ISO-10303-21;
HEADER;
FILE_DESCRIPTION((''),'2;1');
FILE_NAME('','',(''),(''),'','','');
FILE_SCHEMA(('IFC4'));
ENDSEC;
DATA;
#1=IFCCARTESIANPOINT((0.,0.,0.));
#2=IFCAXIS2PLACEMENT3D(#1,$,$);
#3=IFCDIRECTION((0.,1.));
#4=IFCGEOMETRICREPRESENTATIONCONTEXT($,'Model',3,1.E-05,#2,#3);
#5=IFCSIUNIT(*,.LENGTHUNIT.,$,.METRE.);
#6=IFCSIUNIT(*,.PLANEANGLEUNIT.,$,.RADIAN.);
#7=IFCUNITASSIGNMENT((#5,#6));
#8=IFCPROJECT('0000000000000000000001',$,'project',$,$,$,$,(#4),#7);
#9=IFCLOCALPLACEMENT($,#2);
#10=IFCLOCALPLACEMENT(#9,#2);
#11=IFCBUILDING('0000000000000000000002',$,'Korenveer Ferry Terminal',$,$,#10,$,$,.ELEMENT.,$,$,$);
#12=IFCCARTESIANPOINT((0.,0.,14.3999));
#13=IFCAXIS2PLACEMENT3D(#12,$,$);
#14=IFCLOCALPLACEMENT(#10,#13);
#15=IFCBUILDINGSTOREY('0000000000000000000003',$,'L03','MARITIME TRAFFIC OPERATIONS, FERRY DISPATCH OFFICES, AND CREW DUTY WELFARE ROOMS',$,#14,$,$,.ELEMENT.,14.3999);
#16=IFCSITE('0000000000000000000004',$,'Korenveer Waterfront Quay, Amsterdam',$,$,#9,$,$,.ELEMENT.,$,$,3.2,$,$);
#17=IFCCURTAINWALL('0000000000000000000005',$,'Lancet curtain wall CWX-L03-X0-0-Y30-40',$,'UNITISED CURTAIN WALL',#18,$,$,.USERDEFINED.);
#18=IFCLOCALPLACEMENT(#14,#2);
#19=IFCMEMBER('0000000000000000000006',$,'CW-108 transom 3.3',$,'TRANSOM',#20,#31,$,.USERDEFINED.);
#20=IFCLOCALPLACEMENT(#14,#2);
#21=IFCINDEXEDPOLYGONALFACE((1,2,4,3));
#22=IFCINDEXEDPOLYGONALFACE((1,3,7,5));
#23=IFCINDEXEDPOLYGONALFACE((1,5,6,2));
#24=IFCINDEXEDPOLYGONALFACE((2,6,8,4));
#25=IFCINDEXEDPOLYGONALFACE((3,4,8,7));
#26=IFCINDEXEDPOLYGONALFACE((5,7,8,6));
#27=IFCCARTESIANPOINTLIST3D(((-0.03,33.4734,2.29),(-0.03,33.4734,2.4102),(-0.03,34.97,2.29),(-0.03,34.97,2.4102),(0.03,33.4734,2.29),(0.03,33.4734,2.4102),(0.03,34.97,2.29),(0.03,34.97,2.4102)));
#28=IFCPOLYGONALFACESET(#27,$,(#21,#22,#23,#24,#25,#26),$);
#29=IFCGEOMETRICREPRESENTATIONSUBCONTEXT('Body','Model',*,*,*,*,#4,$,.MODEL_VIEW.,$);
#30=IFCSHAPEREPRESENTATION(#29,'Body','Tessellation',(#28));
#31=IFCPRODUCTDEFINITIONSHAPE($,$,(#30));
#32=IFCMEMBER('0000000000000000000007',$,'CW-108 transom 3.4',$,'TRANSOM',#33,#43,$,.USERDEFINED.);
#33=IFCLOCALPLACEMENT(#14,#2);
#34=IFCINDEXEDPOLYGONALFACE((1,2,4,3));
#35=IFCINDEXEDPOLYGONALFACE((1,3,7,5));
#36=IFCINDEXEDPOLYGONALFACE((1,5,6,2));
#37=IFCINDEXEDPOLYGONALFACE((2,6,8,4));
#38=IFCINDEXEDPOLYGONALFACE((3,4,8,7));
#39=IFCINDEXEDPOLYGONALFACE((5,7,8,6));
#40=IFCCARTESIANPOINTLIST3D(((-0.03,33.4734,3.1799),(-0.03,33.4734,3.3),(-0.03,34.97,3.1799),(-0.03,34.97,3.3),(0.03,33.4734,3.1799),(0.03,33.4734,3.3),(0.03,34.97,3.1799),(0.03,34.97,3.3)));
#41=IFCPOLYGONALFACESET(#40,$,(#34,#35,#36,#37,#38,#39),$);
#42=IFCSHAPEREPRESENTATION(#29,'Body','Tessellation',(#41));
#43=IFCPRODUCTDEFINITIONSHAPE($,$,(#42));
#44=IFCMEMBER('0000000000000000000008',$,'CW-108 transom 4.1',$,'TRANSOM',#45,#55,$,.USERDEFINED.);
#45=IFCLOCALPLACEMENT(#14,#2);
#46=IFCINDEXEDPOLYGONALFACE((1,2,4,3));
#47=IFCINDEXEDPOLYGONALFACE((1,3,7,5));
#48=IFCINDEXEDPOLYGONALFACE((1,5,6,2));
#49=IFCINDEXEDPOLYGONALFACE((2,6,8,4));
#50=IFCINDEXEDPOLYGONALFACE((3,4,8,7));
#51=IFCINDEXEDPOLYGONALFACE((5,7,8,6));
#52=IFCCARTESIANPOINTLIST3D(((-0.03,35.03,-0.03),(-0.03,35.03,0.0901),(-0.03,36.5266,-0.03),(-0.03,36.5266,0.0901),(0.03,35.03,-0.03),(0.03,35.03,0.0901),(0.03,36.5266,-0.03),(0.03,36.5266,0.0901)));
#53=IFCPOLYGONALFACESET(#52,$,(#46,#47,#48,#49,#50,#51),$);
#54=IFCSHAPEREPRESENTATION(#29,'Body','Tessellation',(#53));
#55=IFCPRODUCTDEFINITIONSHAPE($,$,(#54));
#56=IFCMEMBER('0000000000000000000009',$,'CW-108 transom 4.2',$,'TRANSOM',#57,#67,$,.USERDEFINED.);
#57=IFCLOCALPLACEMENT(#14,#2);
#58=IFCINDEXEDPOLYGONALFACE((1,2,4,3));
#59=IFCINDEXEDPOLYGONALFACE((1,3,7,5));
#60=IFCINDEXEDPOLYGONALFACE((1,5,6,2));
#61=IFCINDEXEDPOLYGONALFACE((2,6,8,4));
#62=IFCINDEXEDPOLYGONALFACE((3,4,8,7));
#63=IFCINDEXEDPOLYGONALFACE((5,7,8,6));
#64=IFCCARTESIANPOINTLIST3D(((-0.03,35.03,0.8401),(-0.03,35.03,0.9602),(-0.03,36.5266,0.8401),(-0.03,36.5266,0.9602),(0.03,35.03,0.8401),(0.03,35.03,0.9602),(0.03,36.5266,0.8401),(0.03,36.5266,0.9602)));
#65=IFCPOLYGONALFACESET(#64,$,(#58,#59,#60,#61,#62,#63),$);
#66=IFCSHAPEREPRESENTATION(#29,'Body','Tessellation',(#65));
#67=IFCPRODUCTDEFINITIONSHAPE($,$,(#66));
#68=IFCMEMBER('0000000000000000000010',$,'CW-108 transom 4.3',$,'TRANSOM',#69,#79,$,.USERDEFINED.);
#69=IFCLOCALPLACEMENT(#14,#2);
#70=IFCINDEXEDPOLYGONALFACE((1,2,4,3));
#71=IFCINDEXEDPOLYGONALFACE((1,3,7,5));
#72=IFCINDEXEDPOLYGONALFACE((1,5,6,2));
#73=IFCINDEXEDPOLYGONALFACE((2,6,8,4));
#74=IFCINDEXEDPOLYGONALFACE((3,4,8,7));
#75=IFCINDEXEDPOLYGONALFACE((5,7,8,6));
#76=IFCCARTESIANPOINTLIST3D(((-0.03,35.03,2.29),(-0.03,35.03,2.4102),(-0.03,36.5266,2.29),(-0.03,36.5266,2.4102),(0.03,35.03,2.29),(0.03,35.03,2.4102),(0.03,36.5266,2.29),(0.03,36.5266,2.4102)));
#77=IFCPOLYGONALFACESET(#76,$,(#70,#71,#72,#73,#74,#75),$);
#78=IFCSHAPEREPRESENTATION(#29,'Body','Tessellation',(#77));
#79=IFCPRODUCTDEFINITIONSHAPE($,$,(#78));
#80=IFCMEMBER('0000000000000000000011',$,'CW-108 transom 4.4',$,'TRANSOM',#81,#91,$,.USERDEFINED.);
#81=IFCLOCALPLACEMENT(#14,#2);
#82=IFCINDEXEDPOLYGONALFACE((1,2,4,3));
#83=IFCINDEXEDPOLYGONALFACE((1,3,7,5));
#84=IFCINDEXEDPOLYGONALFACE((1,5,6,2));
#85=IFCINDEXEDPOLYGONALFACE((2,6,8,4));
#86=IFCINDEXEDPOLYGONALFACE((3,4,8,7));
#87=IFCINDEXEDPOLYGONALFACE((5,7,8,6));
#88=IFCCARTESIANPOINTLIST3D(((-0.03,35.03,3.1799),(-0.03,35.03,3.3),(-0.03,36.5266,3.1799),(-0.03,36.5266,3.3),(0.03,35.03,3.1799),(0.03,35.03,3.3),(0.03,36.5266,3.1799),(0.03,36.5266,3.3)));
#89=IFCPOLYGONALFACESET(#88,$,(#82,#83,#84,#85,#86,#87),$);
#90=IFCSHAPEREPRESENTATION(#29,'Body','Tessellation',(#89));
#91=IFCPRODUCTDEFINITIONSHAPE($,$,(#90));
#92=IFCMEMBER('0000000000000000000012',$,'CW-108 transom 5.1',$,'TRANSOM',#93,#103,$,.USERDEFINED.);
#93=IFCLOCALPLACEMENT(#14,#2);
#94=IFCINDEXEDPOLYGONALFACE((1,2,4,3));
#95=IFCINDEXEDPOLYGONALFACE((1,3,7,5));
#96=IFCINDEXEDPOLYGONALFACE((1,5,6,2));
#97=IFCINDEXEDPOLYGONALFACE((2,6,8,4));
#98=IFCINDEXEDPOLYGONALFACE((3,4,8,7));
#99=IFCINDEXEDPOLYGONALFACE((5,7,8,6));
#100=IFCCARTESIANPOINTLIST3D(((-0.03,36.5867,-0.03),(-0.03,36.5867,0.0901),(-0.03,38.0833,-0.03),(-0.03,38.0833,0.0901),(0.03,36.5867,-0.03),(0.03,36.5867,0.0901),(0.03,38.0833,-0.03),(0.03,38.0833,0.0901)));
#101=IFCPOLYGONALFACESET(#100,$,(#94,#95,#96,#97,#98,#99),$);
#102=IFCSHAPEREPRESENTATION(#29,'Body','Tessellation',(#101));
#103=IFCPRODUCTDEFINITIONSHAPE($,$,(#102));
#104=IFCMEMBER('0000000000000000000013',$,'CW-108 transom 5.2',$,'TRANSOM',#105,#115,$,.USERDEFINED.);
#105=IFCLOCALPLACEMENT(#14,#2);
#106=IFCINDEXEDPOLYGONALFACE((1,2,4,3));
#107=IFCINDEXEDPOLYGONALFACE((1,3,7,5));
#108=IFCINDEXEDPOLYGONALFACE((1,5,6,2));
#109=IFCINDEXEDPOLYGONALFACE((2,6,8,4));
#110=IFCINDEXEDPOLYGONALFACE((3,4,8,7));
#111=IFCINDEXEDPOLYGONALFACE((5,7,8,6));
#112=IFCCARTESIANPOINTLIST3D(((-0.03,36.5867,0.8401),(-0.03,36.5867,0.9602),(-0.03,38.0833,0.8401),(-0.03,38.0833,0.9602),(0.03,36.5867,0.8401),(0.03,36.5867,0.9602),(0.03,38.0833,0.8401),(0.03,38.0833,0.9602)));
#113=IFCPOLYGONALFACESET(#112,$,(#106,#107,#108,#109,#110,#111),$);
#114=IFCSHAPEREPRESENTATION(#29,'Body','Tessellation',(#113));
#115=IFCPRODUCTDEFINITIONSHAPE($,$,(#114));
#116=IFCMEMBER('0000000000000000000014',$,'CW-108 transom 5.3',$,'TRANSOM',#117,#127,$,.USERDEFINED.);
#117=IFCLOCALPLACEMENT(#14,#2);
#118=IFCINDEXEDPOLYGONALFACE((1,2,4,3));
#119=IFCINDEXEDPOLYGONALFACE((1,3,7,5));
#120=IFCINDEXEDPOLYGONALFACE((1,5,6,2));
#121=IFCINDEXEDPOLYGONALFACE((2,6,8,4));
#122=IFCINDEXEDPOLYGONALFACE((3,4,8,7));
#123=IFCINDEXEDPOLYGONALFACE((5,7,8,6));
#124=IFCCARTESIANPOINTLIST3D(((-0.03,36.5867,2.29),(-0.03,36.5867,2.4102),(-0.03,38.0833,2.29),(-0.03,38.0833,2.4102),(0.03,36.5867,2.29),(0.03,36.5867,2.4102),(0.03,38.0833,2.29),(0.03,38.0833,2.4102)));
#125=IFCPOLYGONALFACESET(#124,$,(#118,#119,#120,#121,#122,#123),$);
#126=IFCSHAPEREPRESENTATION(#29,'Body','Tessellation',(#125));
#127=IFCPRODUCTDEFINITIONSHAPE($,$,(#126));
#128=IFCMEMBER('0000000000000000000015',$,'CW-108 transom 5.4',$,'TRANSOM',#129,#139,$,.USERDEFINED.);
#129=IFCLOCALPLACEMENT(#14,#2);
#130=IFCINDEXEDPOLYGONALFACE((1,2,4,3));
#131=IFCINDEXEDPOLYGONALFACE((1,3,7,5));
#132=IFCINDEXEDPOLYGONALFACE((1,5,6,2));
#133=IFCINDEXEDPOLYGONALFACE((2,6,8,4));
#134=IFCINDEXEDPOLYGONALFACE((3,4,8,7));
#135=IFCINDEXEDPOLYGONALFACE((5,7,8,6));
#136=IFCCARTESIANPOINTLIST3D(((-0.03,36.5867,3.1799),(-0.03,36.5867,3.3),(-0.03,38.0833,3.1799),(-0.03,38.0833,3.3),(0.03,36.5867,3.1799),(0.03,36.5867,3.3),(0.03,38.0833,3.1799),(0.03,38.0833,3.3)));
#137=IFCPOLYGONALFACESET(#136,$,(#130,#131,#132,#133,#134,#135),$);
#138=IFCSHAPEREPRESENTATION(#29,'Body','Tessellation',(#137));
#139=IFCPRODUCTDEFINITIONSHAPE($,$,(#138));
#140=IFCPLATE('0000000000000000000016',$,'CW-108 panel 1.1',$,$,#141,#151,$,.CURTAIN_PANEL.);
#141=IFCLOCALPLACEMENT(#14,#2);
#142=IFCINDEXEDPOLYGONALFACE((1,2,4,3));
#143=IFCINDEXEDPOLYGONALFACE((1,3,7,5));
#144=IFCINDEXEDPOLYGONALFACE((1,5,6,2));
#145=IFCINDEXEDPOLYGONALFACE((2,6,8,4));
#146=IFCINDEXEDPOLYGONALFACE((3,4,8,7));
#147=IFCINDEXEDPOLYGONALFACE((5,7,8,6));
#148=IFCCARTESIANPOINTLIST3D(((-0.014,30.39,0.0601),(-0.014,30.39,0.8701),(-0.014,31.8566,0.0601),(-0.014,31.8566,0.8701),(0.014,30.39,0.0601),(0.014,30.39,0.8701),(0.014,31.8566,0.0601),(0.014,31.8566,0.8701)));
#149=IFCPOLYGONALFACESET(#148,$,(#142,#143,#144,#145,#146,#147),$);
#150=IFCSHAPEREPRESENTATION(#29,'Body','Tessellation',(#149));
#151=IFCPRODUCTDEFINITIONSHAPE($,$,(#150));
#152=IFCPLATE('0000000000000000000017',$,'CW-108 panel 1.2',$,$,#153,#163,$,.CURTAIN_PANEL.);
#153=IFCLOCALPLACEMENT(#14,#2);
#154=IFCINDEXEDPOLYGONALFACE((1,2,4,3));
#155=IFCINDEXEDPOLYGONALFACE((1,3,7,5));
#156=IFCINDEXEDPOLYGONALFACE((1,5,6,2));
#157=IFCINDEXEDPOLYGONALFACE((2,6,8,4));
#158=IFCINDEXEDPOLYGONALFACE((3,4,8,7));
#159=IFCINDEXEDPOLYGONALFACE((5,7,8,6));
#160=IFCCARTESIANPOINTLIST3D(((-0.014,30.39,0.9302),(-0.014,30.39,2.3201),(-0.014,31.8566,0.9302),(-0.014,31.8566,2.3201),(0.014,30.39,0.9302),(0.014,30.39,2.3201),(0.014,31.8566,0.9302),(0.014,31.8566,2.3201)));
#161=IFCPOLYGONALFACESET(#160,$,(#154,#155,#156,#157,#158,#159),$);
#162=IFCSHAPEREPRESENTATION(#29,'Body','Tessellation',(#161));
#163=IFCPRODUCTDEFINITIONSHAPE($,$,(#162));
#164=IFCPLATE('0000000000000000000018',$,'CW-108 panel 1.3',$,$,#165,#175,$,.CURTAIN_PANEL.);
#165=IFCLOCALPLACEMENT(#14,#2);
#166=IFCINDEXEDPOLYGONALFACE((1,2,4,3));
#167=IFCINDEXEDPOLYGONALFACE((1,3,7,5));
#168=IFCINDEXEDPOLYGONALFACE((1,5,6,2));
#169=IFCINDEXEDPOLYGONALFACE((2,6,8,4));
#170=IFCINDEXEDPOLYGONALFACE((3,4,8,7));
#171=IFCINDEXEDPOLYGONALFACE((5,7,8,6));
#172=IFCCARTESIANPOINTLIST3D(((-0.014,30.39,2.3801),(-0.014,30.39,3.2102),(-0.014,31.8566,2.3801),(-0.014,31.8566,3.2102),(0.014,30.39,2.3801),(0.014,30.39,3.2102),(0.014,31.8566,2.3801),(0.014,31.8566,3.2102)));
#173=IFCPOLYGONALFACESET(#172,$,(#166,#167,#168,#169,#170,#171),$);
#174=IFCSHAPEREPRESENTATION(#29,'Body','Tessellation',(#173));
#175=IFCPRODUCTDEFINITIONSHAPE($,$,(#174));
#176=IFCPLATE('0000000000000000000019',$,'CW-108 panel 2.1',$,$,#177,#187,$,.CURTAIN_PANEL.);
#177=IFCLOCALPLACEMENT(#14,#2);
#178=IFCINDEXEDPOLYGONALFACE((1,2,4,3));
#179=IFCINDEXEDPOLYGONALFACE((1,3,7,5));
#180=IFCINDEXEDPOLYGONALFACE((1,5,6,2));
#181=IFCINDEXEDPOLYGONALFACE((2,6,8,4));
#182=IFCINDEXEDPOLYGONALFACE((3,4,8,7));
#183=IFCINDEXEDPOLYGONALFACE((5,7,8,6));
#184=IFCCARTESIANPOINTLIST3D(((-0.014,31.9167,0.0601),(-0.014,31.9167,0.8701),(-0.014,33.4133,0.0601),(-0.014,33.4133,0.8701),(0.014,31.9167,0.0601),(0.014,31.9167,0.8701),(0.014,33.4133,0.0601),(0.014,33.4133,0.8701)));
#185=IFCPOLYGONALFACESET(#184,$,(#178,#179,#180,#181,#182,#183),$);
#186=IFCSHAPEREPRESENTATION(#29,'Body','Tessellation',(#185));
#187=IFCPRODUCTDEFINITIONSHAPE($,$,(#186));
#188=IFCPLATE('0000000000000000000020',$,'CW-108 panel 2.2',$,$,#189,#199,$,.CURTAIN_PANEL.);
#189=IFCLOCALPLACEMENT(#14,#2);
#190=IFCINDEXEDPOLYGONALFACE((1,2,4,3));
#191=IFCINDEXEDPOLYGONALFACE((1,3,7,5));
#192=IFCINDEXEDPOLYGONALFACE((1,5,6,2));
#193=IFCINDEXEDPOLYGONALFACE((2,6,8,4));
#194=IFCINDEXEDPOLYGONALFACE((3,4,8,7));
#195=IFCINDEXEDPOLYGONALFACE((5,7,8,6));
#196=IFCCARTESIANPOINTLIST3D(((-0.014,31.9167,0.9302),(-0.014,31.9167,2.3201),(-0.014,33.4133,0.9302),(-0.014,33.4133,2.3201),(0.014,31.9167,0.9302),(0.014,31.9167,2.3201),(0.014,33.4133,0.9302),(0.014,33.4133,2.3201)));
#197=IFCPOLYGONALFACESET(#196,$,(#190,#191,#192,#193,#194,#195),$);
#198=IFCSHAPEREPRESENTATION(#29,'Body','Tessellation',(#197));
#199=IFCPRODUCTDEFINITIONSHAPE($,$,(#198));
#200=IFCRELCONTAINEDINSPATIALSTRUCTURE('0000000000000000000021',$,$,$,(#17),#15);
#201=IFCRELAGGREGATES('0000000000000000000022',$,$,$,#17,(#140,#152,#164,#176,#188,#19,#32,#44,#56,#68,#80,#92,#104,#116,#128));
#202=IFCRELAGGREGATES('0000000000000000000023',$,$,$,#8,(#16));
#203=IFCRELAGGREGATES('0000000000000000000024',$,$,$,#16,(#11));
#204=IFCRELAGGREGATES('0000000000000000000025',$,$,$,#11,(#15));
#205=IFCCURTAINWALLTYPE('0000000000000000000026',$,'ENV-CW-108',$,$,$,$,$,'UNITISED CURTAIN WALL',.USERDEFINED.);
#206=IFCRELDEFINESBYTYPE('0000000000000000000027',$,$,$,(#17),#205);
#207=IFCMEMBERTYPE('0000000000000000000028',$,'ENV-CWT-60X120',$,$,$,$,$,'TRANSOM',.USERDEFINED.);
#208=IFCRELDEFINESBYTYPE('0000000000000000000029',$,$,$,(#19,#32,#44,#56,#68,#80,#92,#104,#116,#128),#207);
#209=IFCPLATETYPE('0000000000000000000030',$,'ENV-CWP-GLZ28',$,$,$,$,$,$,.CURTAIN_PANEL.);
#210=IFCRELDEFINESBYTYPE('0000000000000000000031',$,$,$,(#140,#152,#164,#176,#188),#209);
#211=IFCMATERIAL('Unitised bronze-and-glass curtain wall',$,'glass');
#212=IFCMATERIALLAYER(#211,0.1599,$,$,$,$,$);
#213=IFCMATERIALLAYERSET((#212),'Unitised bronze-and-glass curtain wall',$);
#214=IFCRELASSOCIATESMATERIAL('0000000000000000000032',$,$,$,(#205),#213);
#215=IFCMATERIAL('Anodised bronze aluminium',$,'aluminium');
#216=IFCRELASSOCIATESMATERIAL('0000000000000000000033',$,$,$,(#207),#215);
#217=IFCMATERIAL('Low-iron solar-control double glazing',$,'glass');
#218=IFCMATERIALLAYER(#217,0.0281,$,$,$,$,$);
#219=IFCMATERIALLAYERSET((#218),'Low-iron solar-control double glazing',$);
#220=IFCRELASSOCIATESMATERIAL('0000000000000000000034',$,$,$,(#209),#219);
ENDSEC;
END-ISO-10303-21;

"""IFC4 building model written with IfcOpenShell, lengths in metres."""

from ifc_helpers import new_model, si_unit, direction, frame, origin, origin_2d, place, context, subcontext, project, spatial, rectangle, extrude, material, layer, layer_set, material_profile, profile_set, type_object, element, aggregate, save


model = new_model("IFC4")

# Units and contexts
model_context = context("Model", 3, precision=1e-05, world=origin(), true_north=direction((0.0, 1.0)))
body_context = subcontext(model_context, "Body", "Model", "MODEL_VIEW")
ifc_project = project(units=[si_unit("LENGTHUNIT", "METRE"), si_unit("PLANEANGLEUNIT", "RADIAN")], contexts=[model_context])

# Site, building, storey
site_placement = place(None, origin())
site = spatial("IfcSite", under=ifc_project, at=site_placement, Name="Korenveer Waterfront Quay, Amsterdam", CompositionType="ELEMENT", RefElevation=3.2)
building_placement = place(site_placement, origin())
building = spatial("IfcBuilding", under=site, at=building_placement, Name="Korenveer Ferry Terminal", CompositionType="ELEMENT")
storey_placement = place(building_placement, frame((0.0, 0.0, 14.3999)))
storey = spatial("IfcBuildingStorey", under=building, at=storey_placement, Name="L03", Description="MARITIME TRAFFIC OPERATIONS, FERRY DISPATCH OFFICES, AND CREW DUTY WELFARE ROOMS", CompositionType="ELEMENT", Elevation=14.3999)

# Curtain wall, members, plates
ifc_material_1 = material(Name="Unitised bronze-and-glass curtain wall", Category="glass")
ifc_layer_1 = layer(ifc_material_1, 0.1599)
ifc_layer_set_1 = layer_set([ifc_layer_1], Name="Unitised bronze-and-glass curtain wall")
curtain_wall_type = type_object("IfcCurtainWallType", Name="ENV-CW-108", ElementType="UNITISED CURTAIN WALL", PredefinedType="USERDEFINED", material=ifc_layer_set_1)
curtain_wall_placement = place(storey_placement, frame((0.0, 30.3301, 0.0)))
curtain_wall = element("IfcCurtainWall", 1, at=curtain_wall_placement, inside=storey, type_object=curtain_wall_type, Name="Lancet curtain wall CWX-L03-X0-0-Y30-40", ObjectType="UNITISED CURTAIN WALL", PredefinedType="USERDEFINED")
ifc_material_2 = material(Name="Anodised bronze aluminium", Category="aluminium")
ifc_material_profile_1 = material_profile(ifc_material_2, rectangle(XDim=0.0601, YDim=0.1201, at=origin_2d()), Name="ALU 60x120")
ifc_profile_set_1 = profile_set([ifc_material_profile_1], Name="Anodised bronze aluminium")
member_type_1 = type_object("IfcMemberType", Name="ENV-CWT-60X120", ElementType="TRANSOM", PredefinedType="USERDEFINED", material=ifc_profile_set_1)
member_1_placement = place(storey_placement, frame((0.0, 33.4734, 2.3501), z_axis=(0.0, 1.0, 0.0), x_axis=(-1.0, 0.0, 0.0)))
member_1 = element("IfcMember", 2, at=member_1_placement, type_object=member_type_1, Name="CW-108 transom 3.3", ObjectType="TRANSOM", PredefinedType="USERDEFINED", context=body_context, shape_type="SweptSolid", body=[
    extrude(rectangle(XDim=0.0601, YDim=0.1201, at=origin_2d()), origin(), (0.0, 0.0, 1.0), 1.4966),
])
member_2_placement = place(storey_placement, frame((0.0, 33.4734, 3.24), z_axis=(0.0, 1.0, 0.0), x_axis=(-1.0, 0.0, 0.0)))
member_2 = element("IfcMember", 3, at=member_2_placement, type_object=member_type_1, Name="CW-108 transom 3.4", ObjectType="TRANSOM", PredefinedType="USERDEFINED", context=body_context, shape_type="SweptSolid", body=[
    extrude(rectangle(XDim=0.0601, YDim=0.1201, at=origin_2d()), origin(), (0.0, 0.0, 1.0), 1.4966),
])
member_3_placement = place(storey_placement, frame((0.0, 35.03, 0.03), z_axis=(0.0, 1.0, 0.0), x_axis=(-1.0, 0.0, 0.0)))
member_3 = element("IfcMember", 4, at=member_3_placement, type_object=member_type_1, Name="CW-108 transom 4.1", ObjectType="TRANSOM", PredefinedType="USERDEFINED", context=body_context, shape_type="SweptSolid", body=[
    extrude(rectangle(XDim=0.0601, YDim=0.1201, at=origin_2d()), origin(), (0.0, 0.0, 1.0), 1.4966),
])
member_4_placement = place(storey_placement, frame((0.0, 35.03, 0.9001), z_axis=(0.0, 1.0, 0.0), x_axis=(-1.0, 0.0, 0.0)))
member_4 = element("IfcMember", 5, at=member_4_placement, type_object=member_type_1, Name="CW-108 transom 4.2", ObjectType="TRANSOM", PredefinedType="USERDEFINED", context=body_context, shape_type="SweptSolid", body=[
    extrude(rectangle(XDim=0.0601, YDim=0.1201, at=origin_2d()), origin(), (0.0, 0.0, 1.0), 1.4966),
])
member_5_placement = place(storey_placement, frame((0.0, 35.03, 2.3501), z_axis=(0.0, 1.0, 0.0), x_axis=(-1.0, 0.0, 0.0)))
member_5 = element("IfcMember", 6, at=member_5_placement, type_object=member_type_1, Name="CW-108 transom 4.3", ObjectType="TRANSOM", PredefinedType="USERDEFINED", context=body_context, shape_type="SweptSolid", body=[
    extrude(rectangle(XDim=0.0601, YDim=0.1201, at=origin_2d()), origin(), (0.0, 0.0, 1.0), 1.4966),
])
member_6_placement = place(storey_placement, frame((0.0, 35.03, 3.24), z_axis=(0.0, 1.0, 0.0), x_axis=(-1.0, 0.0, 0.0)))
member_6 = element("IfcMember", 7, at=member_6_placement, type_object=member_type_1, Name="CW-108 transom 4.4", ObjectType="TRANSOM", PredefinedType="USERDEFINED", context=body_context, shape_type="SweptSolid", body=[
    extrude(rectangle(XDim=0.0601, YDim=0.1201, at=origin_2d()), origin(), (0.0, 0.0, 1.0), 1.4966),
])
member_7_placement = place(storey_placement, frame((0.0, 36.5867, 0.03), z_axis=(0.0, 1.0, 0.0), x_axis=(-1.0, 0.0, 0.0)))
member_7 = element("IfcMember", 8, at=member_7_placement, type_object=member_type_1, Name="CW-108 transom 5.1", ObjectType="TRANSOM", PredefinedType="USERDEFINED", context=body_context, shape_type="SweptSolid", body=[
    extrude(rectangle(XDim=0.0601, YDim=0.1201, at=origin_2d()), origin(), (0.0, 0.0, 1.0), 1.4966),
])
member_8_placement = place(storey_placement, frame((0.0, 36.5867, 0.9001), z_axis=(0.0, 1.0, 0.0), x_axis=(-1.0, 0.0, 0.0)))
member_8 = element("IfcMember", 9, at=member_8_placement, type_object=member_type_1, Name="CW-108 transom 5.2", ObjectType="TRANSOM", PredefinedType="USERDEFINED", context=body_context, shape_type="SweptSolid", body=[
    extrude(rectangle(XDim=0.0601, YDim=0.1201, at=origin_2d()), origin(), (0.0, 0.0, 1.0), 1.4966),
])
member_9_placement = place(storey_placement, frame((0.0, 36.5867, 2.3501), z_axis=(0.0, 1.0, 0.0), x_axis=(-1.0, 0.0, 0.0)))
member_9 = element("IfcMember", 10, at=member_9_placement, type_object=member_type_1, Name="CW-108 transom 5.3", ObjectType="TRANSOM", PredefinedType="USERDEFINED", context=body_context, shape_type="SweptSolid", body=[
    extrude(rectangle(XDim=0.0601, YDim=0.1201, at=origin_2d()), origin(), (0.0, 0.0, 1.0), 1.4966),
])
member_10_placement = place(storey_placement, frame((0.0, 36.5867, 3.24), z_axis=(0.0, 1.0, 0.0), x_axis=(-1.0, 0.0, 0.0)))
member_10 = element("IfcMember", 11, at=member_10_placement, type_object=member_type_1, Name="CW-108 transom 5.4", ObjectType="TRANSOM", PredefinedType="USERDEFINED", context=body_context, shape_type="SweptSolid", body=[
    extrude(rectangle(XDim=0.0601, YDim=0.1201, at=origin_2d()), origin(), (0.0, 0.0, 1.0), 1.4966),
])
ifc_material_3 = material(Name="Low-iron solar-control double glazing", Category="glass")
ifc_layer_2 = layer(ifc_material_3, 0.0281)
ifc_layer_set_2 = layer_set([ifc_layer_2], Name="Low-iron solar-control double glazing")
plate_type = type_object("IfcPlateType", Name="ENV-CWP-GLZ28", PredefinedType="CURTAIN_PANEL", material=ifc_layer_set_2)
plate_1_placement = place(storey_placement, frame((0.0, 31.1233, 0.0601), z_axis=(0.0, 0.0, 1.0), x_axis=(0.0, 1.0, 0.0)))
plate_1 = element("IfcPlate", 12, at=plate_1_placement, type_object=plate_type, Name="CW-108 panel 1.1", PredefinedType="CURTAIN_PANEL", context=body_context, shape_type="SweptSolid", body=[
    extrude(rectangle(XDim=1.4666, YDim=0.0281, at=origin_2d()), origin(), (0.0, 0.0, 1.0), 0.8101),
])
plate_2_placement = place(storey_placement, frame((0.0, 31.1233, 0.9302), z_axis=(0.0, 0.0, 1.0), x_axis=(0.0, 1.0, 0.0)))
plate_2 = element("IfcPlate", 13, at=plate_2_placement, type_object=plate_type, Name="CW-108 panel 1.2", PredefinedType="CURTAIN_PANEL", context=body_context, shape_type="SweptSolid", body=[
    extrude(rectangle(XDim=1.4666, YDim=0.0281, at=origin_2d()), origin(), (0.0, 0.0, 1.0), 1.3899),
])
plate_3_placement = place(storey_placement, frame((0.0, 31.1233, 2.3801), z_axis=(0.0, 0.0, 1.0), x_axis=(0.0, 1.0, 0.0)))
plate_3 = element("IfcPlate", 14, at=plate_3_placement, type_object=plate_type, Name="CW-108 panel 1.3", PredefinedType="CURTAIN_PANEL", context=body_context, shape_type="SweptSolid", body=[
    extrude(rectangle(XDim=1.4666, YDim=0.0281, at=origin_2d()), origin(), (0.0, 0.0, 1.0), 0.8301),
])
plate_4_placement = place(storey_placement, frame((0.0, 32.665, 0.0601), z_axis=(0.0, 0.0, 1.0), x_axis=(0.0, 1.0, 0.0)))
plate_4 = element("IfcPlate", 15, at=plate_4_placement, type_object=plate_type, Name="CW-108 panel 2.1", PredefinedType="CURTAIN_PANEL", context=body_context, shape_type="SweptSolid", body=[
    extrude(rectangle(XDim=1.4966, YDim=0.0281, at=origin_2d()), origin(), (0.0, 0.0, 1.0), 0.8101),
])
plate_5_placement = place(storey_placement, frame((0.0, 32.665, 0.9302), z_axis=(0.0, 0.0, 1.0), x_axis=(0.0, 1.0, 0.0)))
plate_5 = element("IfcPlate", 16, at=plate_5_placement, type_object=plate_type, Name="CW-108 panel 2.2", PredefinedType="CURTAIN_PANEL", context=body_context, shape_type="SweptSolid", body=[
    extrude(rectangle(XDim=1.4966, YDim=0.0281, at=origin_2d()), origin(), (0.0, 0.0, 1.0), 1.3899),
])
aggregate(curtain_wall, [plate_1, plate_2, plate_3, plate_4, plate_5, member_1, member_2, member_3, member_4, member_5, member_6, member_7, member_8, member_9, member_10])

save(model, "model.ifc")
